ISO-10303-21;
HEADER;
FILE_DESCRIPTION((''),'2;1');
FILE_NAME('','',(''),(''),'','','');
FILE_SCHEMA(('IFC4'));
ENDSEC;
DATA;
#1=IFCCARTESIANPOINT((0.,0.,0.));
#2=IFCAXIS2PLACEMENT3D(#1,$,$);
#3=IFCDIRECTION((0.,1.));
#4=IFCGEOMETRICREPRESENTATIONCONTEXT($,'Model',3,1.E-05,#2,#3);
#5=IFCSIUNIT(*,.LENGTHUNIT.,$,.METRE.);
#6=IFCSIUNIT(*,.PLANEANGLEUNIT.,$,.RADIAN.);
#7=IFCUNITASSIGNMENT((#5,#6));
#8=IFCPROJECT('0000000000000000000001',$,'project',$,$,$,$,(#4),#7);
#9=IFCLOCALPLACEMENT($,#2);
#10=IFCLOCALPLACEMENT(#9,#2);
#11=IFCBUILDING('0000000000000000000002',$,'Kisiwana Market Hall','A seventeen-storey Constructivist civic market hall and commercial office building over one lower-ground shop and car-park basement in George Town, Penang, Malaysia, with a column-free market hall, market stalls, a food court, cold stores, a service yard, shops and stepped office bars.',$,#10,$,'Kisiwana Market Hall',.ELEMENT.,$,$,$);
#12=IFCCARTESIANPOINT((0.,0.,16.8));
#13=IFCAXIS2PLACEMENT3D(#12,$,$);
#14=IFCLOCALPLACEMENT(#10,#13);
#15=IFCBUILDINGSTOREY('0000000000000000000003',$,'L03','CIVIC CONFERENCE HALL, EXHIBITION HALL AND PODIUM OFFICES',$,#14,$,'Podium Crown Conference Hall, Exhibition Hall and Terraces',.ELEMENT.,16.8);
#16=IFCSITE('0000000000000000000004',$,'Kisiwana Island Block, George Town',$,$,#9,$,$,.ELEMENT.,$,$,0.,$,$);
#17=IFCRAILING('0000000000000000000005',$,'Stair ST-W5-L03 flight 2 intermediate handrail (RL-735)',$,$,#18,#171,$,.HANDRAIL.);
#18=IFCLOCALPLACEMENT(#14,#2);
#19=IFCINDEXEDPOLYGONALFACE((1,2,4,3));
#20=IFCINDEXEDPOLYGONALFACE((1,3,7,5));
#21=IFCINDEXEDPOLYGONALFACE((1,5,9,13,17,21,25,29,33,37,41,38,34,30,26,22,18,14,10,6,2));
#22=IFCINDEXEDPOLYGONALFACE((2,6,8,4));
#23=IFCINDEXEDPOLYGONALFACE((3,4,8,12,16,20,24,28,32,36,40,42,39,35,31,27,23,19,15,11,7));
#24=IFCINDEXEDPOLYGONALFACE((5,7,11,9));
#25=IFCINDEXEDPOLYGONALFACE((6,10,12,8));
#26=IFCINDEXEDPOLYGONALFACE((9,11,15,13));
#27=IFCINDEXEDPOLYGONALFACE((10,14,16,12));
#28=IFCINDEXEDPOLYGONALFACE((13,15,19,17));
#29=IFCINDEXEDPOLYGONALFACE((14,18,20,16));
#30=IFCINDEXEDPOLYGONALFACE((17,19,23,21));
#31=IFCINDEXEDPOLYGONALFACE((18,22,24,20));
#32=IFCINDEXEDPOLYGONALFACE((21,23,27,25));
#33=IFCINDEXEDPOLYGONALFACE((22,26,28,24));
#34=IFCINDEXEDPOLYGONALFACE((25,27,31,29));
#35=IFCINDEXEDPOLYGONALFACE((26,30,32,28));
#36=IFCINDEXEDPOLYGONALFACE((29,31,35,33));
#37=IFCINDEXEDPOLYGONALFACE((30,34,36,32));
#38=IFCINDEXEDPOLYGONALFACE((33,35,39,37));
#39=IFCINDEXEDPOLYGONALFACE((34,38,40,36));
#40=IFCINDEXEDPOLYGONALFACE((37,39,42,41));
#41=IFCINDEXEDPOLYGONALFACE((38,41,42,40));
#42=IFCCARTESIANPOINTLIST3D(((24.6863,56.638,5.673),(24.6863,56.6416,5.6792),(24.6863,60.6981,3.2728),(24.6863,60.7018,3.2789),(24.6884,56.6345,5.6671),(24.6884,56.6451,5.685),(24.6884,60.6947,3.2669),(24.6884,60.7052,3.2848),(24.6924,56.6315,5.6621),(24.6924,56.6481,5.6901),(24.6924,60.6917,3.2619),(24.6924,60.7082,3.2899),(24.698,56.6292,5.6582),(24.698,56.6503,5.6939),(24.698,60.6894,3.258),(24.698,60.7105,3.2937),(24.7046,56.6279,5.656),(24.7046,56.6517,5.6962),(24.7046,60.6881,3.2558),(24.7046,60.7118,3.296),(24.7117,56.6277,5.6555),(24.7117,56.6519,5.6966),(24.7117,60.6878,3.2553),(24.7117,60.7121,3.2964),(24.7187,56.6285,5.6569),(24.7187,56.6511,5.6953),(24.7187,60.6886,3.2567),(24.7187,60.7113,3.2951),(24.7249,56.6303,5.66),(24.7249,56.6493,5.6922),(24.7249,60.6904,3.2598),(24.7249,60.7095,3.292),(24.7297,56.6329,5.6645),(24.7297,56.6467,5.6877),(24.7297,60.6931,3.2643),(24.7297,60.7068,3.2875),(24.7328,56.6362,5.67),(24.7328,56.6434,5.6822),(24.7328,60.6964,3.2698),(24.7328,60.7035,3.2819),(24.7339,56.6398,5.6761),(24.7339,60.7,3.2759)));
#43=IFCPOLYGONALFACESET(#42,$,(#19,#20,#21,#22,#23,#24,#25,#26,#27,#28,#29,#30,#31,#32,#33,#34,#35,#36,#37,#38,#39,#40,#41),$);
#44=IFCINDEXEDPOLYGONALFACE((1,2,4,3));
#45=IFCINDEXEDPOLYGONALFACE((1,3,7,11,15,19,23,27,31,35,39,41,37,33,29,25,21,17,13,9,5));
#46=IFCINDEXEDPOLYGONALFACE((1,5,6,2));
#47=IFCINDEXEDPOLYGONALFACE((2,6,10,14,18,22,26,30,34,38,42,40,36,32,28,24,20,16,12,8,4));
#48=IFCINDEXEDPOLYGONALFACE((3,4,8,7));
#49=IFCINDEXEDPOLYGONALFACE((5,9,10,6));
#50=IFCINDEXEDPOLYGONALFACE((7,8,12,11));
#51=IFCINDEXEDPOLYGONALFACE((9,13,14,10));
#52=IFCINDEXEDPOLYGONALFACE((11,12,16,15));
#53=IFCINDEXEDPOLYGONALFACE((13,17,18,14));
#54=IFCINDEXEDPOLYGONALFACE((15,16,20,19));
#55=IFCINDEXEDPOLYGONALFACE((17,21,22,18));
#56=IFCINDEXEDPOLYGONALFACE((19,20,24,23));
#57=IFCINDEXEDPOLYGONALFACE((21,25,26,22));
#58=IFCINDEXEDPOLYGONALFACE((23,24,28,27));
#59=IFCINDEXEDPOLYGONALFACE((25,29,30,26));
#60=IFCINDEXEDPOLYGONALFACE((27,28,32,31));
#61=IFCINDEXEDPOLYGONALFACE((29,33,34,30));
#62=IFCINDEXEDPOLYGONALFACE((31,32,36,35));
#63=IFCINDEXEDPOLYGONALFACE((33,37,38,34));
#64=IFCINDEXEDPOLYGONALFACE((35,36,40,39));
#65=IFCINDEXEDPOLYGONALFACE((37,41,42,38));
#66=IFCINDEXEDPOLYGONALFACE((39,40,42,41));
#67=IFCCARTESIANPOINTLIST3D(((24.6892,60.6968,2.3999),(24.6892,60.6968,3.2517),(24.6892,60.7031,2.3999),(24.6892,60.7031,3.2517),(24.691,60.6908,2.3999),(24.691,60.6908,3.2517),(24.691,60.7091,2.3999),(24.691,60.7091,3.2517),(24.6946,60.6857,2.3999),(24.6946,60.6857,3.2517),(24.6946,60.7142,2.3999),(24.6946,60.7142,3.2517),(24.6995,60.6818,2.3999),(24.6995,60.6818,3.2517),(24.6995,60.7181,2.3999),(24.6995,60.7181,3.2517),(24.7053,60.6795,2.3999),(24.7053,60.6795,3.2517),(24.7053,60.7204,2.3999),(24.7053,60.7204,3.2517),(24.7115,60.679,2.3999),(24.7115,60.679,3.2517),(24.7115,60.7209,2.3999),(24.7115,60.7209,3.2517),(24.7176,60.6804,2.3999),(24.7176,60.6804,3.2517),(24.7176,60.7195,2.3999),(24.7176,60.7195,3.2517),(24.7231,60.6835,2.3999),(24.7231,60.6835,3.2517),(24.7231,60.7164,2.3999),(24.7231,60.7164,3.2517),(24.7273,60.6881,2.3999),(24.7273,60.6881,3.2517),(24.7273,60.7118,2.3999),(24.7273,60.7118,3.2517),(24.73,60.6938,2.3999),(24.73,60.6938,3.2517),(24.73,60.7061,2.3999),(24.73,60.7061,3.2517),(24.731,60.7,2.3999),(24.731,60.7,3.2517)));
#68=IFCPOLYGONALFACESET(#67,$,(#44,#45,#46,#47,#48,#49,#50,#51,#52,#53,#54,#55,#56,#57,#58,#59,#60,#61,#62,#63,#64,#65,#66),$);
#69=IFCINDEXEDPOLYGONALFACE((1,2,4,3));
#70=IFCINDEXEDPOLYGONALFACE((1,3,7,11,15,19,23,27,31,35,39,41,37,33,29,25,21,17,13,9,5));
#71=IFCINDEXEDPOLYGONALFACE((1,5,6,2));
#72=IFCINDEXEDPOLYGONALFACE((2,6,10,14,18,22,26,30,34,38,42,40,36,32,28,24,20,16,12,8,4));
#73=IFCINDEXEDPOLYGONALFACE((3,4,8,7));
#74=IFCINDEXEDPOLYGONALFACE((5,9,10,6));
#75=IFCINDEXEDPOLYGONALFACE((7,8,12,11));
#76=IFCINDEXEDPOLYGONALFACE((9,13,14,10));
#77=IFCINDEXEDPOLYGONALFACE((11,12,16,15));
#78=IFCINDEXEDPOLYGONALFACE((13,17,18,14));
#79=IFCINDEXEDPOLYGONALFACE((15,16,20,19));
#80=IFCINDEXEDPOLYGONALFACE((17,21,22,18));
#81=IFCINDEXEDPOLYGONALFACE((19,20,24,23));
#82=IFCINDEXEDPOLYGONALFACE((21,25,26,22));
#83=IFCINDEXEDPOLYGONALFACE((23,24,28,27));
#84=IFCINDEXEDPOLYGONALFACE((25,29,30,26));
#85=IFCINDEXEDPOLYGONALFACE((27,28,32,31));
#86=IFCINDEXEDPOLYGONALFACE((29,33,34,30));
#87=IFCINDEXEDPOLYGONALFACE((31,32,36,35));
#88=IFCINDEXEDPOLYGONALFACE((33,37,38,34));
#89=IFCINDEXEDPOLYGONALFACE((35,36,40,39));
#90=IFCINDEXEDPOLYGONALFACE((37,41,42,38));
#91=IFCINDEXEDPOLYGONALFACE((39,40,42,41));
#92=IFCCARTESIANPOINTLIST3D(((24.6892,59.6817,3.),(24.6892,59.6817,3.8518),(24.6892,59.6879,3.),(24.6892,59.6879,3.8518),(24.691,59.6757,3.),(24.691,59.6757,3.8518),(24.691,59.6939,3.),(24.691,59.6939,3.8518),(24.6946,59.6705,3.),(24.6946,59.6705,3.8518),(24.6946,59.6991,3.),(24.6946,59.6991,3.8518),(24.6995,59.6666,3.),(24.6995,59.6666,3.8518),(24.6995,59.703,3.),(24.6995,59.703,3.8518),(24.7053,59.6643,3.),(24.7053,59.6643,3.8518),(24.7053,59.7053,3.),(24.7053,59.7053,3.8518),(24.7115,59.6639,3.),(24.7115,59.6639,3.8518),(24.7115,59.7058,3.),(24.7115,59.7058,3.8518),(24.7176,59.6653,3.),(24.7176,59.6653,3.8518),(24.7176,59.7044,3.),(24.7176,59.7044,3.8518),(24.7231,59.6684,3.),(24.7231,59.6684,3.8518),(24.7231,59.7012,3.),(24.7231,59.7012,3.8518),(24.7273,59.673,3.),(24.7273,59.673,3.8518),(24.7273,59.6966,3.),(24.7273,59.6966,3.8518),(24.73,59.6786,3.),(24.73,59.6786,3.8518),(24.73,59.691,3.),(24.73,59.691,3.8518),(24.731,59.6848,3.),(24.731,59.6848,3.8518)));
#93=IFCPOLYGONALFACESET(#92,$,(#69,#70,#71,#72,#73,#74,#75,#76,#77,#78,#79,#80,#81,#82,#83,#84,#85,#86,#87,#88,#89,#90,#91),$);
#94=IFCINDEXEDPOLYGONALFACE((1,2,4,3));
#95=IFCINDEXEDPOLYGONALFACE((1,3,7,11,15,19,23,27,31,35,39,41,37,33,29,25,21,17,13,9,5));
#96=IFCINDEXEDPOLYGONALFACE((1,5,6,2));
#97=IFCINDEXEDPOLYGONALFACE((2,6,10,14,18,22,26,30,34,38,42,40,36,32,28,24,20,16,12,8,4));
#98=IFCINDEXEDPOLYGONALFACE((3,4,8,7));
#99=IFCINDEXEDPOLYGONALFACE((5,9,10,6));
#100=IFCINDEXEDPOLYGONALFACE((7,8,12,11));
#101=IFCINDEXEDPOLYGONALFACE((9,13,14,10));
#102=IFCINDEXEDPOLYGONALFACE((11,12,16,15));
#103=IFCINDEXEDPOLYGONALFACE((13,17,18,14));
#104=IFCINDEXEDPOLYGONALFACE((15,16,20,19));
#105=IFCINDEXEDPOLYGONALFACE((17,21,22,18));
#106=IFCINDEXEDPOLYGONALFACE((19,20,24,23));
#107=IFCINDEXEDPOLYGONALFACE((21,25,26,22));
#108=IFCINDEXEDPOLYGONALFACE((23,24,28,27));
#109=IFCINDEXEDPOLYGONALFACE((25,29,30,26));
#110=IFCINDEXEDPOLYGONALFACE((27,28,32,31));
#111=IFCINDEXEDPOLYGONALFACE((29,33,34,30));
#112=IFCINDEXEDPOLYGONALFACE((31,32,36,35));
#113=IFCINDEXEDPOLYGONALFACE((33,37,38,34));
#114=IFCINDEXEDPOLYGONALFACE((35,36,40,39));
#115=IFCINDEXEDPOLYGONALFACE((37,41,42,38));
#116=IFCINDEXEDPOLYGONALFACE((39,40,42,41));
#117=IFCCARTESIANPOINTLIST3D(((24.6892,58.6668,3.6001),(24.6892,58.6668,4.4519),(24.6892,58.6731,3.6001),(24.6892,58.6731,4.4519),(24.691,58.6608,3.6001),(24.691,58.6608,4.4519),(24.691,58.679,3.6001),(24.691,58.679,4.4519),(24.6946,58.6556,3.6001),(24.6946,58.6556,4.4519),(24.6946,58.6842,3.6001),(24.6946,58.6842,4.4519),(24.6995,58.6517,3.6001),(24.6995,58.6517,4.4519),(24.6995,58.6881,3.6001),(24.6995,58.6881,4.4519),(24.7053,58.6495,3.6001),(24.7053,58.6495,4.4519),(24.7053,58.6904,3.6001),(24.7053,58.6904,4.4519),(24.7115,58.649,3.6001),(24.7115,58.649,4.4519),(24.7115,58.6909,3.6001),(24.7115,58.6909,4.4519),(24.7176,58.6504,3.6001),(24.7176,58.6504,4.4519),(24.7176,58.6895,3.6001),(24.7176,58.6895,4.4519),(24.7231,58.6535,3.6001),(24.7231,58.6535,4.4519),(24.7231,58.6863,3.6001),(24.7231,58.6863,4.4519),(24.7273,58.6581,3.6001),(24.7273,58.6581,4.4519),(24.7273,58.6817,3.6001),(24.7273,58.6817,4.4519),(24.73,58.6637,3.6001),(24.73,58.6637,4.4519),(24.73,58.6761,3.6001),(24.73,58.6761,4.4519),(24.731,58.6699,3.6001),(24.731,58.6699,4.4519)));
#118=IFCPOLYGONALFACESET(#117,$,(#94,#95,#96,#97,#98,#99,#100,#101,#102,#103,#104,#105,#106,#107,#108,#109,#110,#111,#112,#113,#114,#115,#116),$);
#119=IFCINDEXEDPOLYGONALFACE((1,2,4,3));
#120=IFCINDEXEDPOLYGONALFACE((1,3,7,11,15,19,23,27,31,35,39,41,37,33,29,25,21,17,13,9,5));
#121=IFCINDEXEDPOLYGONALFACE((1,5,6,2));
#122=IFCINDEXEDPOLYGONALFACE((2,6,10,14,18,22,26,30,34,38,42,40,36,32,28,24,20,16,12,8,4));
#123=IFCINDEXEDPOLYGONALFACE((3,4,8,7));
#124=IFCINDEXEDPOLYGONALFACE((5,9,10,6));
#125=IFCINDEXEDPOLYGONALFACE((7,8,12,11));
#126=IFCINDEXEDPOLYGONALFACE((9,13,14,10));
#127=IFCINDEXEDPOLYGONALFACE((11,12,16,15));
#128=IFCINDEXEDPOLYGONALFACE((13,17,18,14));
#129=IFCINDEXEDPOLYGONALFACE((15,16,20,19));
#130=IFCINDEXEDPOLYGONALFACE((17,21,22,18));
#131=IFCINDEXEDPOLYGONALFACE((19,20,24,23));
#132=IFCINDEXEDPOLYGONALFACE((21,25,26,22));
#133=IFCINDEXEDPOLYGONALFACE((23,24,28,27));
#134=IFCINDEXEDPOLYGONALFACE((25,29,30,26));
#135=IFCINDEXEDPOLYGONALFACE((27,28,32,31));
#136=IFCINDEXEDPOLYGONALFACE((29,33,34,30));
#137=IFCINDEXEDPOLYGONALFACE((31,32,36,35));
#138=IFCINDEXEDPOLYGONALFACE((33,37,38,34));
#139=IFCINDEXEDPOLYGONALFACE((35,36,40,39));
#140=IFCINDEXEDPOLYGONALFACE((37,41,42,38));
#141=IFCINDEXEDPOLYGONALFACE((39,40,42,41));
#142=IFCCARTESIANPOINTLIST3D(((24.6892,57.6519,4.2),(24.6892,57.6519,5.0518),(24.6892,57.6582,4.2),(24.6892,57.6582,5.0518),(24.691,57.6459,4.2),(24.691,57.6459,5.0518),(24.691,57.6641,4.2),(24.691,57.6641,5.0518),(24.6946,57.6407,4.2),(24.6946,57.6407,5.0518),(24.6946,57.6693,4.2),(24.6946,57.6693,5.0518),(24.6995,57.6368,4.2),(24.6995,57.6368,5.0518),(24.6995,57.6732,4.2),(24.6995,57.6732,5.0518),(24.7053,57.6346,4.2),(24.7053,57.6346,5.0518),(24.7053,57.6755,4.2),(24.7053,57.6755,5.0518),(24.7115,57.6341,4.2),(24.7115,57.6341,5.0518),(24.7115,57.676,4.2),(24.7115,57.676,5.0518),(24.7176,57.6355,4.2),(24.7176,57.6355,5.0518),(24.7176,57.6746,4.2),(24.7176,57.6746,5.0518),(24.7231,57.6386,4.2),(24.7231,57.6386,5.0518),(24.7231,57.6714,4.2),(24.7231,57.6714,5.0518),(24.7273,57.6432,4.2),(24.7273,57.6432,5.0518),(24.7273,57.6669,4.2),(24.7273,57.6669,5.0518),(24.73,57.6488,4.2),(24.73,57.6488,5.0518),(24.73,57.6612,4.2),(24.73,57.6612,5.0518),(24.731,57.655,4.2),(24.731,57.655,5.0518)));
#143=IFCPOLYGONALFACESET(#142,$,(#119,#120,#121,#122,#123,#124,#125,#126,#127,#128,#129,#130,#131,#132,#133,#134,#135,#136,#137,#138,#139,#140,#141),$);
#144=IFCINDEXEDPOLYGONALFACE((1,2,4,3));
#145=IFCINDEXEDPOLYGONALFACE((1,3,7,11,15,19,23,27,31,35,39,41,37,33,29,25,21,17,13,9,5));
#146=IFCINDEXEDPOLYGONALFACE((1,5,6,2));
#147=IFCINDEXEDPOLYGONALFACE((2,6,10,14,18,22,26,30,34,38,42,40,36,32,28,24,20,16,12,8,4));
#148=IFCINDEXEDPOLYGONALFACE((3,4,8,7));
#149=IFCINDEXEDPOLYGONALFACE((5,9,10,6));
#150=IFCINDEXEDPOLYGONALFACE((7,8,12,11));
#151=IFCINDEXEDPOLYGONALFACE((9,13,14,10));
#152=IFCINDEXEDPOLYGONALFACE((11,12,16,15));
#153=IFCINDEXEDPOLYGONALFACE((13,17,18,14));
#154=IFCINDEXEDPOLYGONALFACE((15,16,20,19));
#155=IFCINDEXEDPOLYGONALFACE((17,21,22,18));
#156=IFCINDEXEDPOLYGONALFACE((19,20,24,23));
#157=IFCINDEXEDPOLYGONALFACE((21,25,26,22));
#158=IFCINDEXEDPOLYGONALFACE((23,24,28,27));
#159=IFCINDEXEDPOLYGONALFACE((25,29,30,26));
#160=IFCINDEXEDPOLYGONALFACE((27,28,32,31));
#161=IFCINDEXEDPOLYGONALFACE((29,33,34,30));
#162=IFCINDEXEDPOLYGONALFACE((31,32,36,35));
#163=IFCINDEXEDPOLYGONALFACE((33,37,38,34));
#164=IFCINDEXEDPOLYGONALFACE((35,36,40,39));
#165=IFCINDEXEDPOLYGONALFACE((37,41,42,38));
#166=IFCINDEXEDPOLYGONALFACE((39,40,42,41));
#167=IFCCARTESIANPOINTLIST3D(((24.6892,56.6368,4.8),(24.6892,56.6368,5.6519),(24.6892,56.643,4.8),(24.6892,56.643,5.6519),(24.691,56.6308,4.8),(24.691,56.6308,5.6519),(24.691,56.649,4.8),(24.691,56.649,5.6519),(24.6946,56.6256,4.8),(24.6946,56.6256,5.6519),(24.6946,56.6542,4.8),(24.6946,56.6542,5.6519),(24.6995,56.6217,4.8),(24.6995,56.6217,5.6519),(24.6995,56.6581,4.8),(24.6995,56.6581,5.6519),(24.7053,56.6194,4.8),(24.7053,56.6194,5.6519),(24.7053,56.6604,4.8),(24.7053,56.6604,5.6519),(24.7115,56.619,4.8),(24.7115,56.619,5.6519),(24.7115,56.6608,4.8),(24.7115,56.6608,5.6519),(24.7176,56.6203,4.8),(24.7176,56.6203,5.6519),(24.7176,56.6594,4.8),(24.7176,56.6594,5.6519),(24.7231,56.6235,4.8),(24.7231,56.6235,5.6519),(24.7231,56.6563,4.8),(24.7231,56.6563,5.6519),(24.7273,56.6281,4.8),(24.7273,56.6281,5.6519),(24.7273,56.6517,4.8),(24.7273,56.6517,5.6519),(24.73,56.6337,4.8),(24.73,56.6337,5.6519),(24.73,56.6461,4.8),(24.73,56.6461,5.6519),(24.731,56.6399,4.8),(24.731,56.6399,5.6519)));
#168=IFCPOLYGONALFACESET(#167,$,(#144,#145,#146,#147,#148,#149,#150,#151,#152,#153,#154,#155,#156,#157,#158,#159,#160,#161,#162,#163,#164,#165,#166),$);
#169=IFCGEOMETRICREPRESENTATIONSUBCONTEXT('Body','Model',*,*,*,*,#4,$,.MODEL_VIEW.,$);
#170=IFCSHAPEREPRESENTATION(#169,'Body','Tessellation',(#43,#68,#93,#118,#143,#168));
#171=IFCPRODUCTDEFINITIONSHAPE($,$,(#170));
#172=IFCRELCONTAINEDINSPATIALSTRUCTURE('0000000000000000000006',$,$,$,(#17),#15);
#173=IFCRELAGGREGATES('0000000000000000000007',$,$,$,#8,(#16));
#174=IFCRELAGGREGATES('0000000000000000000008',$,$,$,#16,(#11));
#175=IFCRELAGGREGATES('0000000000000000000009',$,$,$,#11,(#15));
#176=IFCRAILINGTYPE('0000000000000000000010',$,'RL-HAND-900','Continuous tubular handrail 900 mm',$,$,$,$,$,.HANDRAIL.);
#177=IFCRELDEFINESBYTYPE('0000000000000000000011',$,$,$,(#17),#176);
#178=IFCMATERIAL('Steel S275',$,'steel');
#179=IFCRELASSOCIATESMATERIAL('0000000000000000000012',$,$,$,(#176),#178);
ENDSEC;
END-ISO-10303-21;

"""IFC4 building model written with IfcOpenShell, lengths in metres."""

from ifc_helpers import new_model, si_unit, direction, frame, origin, origin_2d, place, context, subcontext, project, spatial, circle, extrude, material, type_object, element, save


model = new_model("IFC4")

# Units and contexts
model_context = context("Model", 3, precision=1e-05, world=origin(), true_north=direction((0.0, 1.0)))
body_context = subcontext(model_context, "Body", "Model", "MODEL_VIEW")
ifc_project = project(units=[si_unit("LENGTHUNIT", "METRE"), si_unit("PLANEANGLEUNIT", "RADIAN")], contexts=[model_context])

# Site, building, storey
site_placement = place(None, origin())
site = spatial("IfcSite", under=ifc_project, at=site_placement, Name="Kisiwana Island Block, George Town", CompositionType="ELEMENT", RefElevation=0.0)
building_placement = place(site_placement, origin())
building = spatial("IfcBuilding", under=site, at=building_placement, Name="Kisiwana Market Hall", Description="A seventeen-storey Constructivist civic market hall and commercial office building over one lower-ground shop and car-park basement in George Town, Penang, Malaysia, with a column-free market hall, market stalls, a food court, cold stores, a service yard, shops and stepped office bars.", LongName="Kisiwana Market Hall", CompositionType="ELEMENT")
storey_placement = place(building_placement, frame((0.0, 0.0, 16.8)))
storey = spatial("IfcBuildingStorey", under=building, at=storey_placement, Name="L03", Description="CIVIC CONFERENCE HALL, EXHIBITION HALL AND PODIUM OFFICES", LongName="Podium Crown Conference Hall, Exhibition Hall and Terraces", CompositionType="ELEMENT", Elevation=16.8)

# Railing
ifc_material_1 = material(Name="Steel S275", Category="steel")
railing_type_1 = type_object("IfcRailingType", Name="RL-HAND-900", Description="Continuous tubular handrail 900 mm", PredefinedType="HANDRAIL", material=ifc_material_1)
railing_1_placement = place(storey_placement, frame((24.71, 60.7, 2.3999)))
element("IfcRailing", 1, at=railing_1_placement, inside=storey, type_object=railing_type_1, Name="Stair ST-W5-L03 flight 2 intermediate handrail (RL-735)", PredefinedType="HANDRAIL", context=body_context, shape_type="SweptSolid", body=[
    extrude(circle(Radius=0.0239, at=origin_2d()), frame((0.0, 0.0, 0.876), z_axis=(0.0, -0.860832, 0.50889), x_axis=(1.0, 0.0, 0.0)), (0.0, 0.0, 1.0), 4.7166),
    extrude(circle(Radius=0.021, at=origin_2d()), origin(), (0.0, 0.0, 1.0), 0.8518),
    extrude(circle(Radius=0.021, at=origin_2d()), frame((0.0, -1.0151, 0.6001)), (0.0, 0.0, 1.0), 0.8518),
    extrude(circle(Radius=0.021, at=origin_2d()), frame((0.0, -2.03, 1.2002)), (0.0, 0.0, 1.0), 0.8518),
    extrude(circle(Radius=0.021, at=origin_2d()), frame((0.0, -3.0449, 1.8)), (0.0, 0.0, 1.0), 0.8518),
    extrude(circle(Radius=0.021, at=origin_2d()), frame((0.0, -4.0601, 2.4001)), (0.0, 0.0, 1.0), 0.8518),
])

save(model, "model.ifc")
